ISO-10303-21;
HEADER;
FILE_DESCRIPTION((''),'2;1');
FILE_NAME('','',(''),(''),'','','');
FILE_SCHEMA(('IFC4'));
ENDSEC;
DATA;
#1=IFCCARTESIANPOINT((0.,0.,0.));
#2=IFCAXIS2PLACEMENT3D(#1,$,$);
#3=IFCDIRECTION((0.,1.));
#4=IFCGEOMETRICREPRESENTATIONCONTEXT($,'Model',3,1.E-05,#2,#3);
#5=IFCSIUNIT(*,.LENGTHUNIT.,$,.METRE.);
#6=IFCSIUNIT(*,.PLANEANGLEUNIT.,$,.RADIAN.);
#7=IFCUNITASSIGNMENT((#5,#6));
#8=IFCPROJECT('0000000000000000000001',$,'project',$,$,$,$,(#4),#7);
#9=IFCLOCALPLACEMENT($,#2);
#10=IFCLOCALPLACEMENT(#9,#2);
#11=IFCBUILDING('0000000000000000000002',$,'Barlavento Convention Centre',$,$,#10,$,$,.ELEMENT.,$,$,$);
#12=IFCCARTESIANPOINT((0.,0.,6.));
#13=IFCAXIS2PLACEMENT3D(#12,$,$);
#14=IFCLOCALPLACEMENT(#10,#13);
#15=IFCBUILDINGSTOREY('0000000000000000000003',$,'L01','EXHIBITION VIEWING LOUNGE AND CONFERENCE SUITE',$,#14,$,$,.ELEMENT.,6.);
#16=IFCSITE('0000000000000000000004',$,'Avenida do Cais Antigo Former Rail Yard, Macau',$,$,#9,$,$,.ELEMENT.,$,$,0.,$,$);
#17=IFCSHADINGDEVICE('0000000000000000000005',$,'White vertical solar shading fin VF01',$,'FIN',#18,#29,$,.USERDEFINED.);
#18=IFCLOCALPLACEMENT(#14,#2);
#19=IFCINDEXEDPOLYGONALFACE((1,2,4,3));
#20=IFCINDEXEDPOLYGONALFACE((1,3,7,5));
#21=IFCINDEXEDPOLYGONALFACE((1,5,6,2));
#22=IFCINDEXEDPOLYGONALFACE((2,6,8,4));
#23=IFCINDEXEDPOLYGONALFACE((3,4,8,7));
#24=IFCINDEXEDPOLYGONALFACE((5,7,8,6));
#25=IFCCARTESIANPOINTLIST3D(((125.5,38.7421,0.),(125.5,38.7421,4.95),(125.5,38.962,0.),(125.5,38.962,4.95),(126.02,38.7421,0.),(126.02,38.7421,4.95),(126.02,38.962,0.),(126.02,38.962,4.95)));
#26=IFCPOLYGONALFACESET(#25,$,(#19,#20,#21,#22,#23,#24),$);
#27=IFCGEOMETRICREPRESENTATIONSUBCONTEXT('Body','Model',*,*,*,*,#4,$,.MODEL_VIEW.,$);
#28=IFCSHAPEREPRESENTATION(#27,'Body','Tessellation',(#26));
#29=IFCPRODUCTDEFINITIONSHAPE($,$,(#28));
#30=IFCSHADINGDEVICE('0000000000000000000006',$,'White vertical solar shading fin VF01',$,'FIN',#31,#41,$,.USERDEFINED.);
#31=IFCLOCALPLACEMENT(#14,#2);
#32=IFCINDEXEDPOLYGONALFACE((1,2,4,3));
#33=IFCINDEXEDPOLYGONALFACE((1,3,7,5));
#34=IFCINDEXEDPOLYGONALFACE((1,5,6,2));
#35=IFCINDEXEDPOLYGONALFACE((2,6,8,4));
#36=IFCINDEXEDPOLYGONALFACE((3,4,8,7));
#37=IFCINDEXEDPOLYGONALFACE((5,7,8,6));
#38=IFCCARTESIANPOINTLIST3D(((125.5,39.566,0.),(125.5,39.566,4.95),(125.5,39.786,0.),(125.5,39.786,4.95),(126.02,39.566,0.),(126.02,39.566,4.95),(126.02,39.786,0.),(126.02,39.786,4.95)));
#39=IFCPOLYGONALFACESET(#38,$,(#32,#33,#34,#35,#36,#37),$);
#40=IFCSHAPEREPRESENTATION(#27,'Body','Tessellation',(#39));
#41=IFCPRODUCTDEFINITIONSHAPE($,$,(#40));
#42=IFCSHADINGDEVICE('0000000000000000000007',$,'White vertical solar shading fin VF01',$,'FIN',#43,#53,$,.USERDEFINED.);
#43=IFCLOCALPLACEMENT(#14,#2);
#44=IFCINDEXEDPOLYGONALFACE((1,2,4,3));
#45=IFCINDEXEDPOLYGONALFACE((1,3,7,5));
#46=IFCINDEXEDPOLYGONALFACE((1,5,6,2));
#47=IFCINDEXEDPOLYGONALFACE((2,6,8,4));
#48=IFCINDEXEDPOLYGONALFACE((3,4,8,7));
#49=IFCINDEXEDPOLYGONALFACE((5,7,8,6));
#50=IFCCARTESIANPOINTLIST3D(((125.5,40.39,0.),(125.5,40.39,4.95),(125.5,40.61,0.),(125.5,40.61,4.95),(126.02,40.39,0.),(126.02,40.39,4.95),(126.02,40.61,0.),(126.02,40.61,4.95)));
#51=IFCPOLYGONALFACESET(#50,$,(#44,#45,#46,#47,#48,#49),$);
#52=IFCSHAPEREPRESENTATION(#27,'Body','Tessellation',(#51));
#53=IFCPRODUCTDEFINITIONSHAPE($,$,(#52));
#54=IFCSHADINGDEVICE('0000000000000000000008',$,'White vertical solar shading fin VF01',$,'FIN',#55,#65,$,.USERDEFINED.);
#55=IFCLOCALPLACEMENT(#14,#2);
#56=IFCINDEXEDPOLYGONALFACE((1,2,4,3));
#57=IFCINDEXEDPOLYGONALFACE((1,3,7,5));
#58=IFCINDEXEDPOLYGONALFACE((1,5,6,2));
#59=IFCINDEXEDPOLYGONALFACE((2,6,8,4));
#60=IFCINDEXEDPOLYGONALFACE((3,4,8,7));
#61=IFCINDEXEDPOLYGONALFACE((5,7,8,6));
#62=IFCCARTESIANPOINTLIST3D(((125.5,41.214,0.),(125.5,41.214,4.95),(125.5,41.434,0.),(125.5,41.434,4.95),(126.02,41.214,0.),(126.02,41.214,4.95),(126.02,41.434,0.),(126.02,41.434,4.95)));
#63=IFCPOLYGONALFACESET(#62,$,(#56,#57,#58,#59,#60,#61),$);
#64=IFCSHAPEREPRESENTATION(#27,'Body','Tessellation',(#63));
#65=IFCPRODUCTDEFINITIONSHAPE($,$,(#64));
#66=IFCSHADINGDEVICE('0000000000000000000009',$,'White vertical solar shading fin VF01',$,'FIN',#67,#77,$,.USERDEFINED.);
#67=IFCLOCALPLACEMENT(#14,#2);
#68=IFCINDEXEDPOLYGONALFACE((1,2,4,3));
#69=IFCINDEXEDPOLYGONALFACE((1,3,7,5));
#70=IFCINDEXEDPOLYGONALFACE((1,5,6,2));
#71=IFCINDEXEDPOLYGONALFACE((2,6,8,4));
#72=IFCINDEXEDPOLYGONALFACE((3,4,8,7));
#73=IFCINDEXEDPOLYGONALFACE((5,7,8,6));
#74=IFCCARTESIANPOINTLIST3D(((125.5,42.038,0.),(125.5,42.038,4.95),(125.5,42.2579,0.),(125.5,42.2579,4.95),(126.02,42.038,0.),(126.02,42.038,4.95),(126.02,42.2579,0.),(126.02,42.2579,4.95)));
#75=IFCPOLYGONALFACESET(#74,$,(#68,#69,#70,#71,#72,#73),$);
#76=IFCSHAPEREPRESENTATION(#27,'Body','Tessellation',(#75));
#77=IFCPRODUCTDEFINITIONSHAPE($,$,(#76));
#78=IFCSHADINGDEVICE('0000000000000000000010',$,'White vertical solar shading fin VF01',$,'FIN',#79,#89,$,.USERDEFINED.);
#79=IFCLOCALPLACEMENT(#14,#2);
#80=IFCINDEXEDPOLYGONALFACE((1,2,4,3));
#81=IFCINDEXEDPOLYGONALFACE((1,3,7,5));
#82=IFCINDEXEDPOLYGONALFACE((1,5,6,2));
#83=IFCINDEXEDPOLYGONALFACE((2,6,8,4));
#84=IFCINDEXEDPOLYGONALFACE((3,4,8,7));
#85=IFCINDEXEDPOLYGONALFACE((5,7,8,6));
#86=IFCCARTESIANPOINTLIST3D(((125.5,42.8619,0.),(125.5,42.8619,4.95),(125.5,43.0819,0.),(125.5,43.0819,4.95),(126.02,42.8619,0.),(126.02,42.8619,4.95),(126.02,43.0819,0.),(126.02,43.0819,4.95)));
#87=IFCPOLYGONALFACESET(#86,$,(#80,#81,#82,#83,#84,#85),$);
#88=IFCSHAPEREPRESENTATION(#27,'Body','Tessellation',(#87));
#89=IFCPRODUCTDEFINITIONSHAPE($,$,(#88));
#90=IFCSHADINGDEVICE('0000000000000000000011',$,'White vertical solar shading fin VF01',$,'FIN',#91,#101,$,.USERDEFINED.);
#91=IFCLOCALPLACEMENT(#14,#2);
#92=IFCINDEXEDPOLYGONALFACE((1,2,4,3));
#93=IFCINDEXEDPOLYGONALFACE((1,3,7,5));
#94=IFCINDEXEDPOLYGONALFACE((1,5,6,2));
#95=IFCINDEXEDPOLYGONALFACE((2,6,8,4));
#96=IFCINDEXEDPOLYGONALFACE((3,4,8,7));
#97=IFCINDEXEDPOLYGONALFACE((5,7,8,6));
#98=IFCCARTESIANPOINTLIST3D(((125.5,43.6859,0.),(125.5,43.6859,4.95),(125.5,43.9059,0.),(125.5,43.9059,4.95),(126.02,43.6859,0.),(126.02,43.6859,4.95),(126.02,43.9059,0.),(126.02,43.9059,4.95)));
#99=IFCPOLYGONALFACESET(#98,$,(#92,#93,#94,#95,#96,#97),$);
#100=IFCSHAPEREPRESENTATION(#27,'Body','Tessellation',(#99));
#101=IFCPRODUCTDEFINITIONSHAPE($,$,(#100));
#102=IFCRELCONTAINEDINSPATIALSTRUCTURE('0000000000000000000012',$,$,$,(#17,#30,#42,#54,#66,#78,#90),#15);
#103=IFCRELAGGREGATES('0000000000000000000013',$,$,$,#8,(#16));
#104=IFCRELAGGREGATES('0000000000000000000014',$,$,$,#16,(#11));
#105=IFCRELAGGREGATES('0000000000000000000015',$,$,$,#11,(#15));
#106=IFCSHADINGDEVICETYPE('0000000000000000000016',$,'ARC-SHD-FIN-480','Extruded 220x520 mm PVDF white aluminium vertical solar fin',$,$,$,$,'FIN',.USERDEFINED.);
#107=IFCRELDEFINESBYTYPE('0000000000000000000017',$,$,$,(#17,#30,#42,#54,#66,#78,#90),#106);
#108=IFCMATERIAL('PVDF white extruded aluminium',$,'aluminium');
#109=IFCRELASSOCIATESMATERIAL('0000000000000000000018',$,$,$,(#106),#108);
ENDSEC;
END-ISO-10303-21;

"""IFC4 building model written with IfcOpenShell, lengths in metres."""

from ifc_helpers import new_model, si_unit, direction, frame, origin, origin_2d, place, context, subcontext, project, spatial, rectangle, extrude, material, type_object, element, save


model = new_model("IFC4")

# Units and contexts
model_context = context("Model", 3, precision=1e-05, world=origin(), true_north=direction((0.0, 1.0)))
body_context = subcontext(model_context, "Body", "Model", "MODEL_VIEW")
ifc_project = project(units=[si_unit("LENGTHUNIT", "METRE"), si_unit("PLANEANGLEUNIT", "RADIAN")], contexts=[model_context])

# Site, building, storey
site_placement = place(None, origin())
site = spatial("IfcSite", under=ifc_project, at=site_placement, Name="Avenida do Cais Antigo Former Rail Yard, Macau", CompositionType="ELEMENT", RefElevation=0.0)
building_placement = place(site_placement, origin())
building = spatial("IfcBuilding", under=site, at=building_placement, Name="Barlavento Convention Centre", CompositionType="ELEMENT")
storey_placement = place(building_placement, frame((0.0, 0.0, 6.0)))
storey = spatial("IfcBuildingStorey", under=building, at=storey_placement, Name="L01", Description="EXHIBITION VIEWING LOUNGE AND CONFERENCE SUITE", CompositionType="ELEMENT", Elevation=6.0)

# Shading devices
ifc_material_1 = material(Name="PVDF white extruded aluminium", Category="aluminium")
shading_device_type = type_object("IfcShadingDeviceType", Name="ARC-SHD-FIN-480", Description="Extruded 220x520 mm PVDF white aluminium vertical solar fin", ElementType="FIN", PredefinedType="USERDEFINED", material=ifc_material_1)
for number, where, z_axis, x_axis, name in (
    (1, (125.76, 38.8521, 0.0), (0.0, 0.0, 1.0), (0.0, 1.0, 0.0), "White vertical solar shading fin VF01"),
    (2, (125.76, 39.676, 0.0), (0.0, 0.0, 1.0), (0.0, 1.0, 0.0), "White vertical solar shading fin VF01"),
    (3, (125.76, 40.5, 0.0), (0.0, 0.0, 1.0), (0.0, 1.0, 0.0), "White vertical solar shading fin VF01"),
    (4, (125.76, 41.324, 0.0), (0.0, 0.0, 1.0), (0.0, 1.0, 0.0), "White vertical solar shading fin VF01"),
    (5, (125.76, 42.1479, 0.0), (0.0, 0.0, 1.0), (0.0, 1.0, 0.0), "White vertical solar shading fin VF01"),
    (6, (125.76, 42.9719, 0.0), (0.0, 0.0, 1.0), (0.0, 1.0, 0.0), "White vertical solar shading fin VF01"),
    (7, (125.76, 43.7959, 0.0), (0.0, 0.0, 1.0), (0.0, 1.0, 0.0), "White vertical solar shading fin VF01"),
):
    element("IfcShadingDevice", number, at=place(storey_placement, frame(where, z_axis=z_axis, x_axis=x_axis)), inside=storey, type_object=shading_device_type, Name=name, ObjectType="FIN", PredefinedType="USERDEFINED", context=body_context, shape_type="SweptSolid", body=[
        extrude(rectangle(XDim=0.22, YDim=0.52, at=origin_2d()), origin(), (0.0, 0.0, 1.0), 4.95),
    ])

save(model, "model.ifc")
